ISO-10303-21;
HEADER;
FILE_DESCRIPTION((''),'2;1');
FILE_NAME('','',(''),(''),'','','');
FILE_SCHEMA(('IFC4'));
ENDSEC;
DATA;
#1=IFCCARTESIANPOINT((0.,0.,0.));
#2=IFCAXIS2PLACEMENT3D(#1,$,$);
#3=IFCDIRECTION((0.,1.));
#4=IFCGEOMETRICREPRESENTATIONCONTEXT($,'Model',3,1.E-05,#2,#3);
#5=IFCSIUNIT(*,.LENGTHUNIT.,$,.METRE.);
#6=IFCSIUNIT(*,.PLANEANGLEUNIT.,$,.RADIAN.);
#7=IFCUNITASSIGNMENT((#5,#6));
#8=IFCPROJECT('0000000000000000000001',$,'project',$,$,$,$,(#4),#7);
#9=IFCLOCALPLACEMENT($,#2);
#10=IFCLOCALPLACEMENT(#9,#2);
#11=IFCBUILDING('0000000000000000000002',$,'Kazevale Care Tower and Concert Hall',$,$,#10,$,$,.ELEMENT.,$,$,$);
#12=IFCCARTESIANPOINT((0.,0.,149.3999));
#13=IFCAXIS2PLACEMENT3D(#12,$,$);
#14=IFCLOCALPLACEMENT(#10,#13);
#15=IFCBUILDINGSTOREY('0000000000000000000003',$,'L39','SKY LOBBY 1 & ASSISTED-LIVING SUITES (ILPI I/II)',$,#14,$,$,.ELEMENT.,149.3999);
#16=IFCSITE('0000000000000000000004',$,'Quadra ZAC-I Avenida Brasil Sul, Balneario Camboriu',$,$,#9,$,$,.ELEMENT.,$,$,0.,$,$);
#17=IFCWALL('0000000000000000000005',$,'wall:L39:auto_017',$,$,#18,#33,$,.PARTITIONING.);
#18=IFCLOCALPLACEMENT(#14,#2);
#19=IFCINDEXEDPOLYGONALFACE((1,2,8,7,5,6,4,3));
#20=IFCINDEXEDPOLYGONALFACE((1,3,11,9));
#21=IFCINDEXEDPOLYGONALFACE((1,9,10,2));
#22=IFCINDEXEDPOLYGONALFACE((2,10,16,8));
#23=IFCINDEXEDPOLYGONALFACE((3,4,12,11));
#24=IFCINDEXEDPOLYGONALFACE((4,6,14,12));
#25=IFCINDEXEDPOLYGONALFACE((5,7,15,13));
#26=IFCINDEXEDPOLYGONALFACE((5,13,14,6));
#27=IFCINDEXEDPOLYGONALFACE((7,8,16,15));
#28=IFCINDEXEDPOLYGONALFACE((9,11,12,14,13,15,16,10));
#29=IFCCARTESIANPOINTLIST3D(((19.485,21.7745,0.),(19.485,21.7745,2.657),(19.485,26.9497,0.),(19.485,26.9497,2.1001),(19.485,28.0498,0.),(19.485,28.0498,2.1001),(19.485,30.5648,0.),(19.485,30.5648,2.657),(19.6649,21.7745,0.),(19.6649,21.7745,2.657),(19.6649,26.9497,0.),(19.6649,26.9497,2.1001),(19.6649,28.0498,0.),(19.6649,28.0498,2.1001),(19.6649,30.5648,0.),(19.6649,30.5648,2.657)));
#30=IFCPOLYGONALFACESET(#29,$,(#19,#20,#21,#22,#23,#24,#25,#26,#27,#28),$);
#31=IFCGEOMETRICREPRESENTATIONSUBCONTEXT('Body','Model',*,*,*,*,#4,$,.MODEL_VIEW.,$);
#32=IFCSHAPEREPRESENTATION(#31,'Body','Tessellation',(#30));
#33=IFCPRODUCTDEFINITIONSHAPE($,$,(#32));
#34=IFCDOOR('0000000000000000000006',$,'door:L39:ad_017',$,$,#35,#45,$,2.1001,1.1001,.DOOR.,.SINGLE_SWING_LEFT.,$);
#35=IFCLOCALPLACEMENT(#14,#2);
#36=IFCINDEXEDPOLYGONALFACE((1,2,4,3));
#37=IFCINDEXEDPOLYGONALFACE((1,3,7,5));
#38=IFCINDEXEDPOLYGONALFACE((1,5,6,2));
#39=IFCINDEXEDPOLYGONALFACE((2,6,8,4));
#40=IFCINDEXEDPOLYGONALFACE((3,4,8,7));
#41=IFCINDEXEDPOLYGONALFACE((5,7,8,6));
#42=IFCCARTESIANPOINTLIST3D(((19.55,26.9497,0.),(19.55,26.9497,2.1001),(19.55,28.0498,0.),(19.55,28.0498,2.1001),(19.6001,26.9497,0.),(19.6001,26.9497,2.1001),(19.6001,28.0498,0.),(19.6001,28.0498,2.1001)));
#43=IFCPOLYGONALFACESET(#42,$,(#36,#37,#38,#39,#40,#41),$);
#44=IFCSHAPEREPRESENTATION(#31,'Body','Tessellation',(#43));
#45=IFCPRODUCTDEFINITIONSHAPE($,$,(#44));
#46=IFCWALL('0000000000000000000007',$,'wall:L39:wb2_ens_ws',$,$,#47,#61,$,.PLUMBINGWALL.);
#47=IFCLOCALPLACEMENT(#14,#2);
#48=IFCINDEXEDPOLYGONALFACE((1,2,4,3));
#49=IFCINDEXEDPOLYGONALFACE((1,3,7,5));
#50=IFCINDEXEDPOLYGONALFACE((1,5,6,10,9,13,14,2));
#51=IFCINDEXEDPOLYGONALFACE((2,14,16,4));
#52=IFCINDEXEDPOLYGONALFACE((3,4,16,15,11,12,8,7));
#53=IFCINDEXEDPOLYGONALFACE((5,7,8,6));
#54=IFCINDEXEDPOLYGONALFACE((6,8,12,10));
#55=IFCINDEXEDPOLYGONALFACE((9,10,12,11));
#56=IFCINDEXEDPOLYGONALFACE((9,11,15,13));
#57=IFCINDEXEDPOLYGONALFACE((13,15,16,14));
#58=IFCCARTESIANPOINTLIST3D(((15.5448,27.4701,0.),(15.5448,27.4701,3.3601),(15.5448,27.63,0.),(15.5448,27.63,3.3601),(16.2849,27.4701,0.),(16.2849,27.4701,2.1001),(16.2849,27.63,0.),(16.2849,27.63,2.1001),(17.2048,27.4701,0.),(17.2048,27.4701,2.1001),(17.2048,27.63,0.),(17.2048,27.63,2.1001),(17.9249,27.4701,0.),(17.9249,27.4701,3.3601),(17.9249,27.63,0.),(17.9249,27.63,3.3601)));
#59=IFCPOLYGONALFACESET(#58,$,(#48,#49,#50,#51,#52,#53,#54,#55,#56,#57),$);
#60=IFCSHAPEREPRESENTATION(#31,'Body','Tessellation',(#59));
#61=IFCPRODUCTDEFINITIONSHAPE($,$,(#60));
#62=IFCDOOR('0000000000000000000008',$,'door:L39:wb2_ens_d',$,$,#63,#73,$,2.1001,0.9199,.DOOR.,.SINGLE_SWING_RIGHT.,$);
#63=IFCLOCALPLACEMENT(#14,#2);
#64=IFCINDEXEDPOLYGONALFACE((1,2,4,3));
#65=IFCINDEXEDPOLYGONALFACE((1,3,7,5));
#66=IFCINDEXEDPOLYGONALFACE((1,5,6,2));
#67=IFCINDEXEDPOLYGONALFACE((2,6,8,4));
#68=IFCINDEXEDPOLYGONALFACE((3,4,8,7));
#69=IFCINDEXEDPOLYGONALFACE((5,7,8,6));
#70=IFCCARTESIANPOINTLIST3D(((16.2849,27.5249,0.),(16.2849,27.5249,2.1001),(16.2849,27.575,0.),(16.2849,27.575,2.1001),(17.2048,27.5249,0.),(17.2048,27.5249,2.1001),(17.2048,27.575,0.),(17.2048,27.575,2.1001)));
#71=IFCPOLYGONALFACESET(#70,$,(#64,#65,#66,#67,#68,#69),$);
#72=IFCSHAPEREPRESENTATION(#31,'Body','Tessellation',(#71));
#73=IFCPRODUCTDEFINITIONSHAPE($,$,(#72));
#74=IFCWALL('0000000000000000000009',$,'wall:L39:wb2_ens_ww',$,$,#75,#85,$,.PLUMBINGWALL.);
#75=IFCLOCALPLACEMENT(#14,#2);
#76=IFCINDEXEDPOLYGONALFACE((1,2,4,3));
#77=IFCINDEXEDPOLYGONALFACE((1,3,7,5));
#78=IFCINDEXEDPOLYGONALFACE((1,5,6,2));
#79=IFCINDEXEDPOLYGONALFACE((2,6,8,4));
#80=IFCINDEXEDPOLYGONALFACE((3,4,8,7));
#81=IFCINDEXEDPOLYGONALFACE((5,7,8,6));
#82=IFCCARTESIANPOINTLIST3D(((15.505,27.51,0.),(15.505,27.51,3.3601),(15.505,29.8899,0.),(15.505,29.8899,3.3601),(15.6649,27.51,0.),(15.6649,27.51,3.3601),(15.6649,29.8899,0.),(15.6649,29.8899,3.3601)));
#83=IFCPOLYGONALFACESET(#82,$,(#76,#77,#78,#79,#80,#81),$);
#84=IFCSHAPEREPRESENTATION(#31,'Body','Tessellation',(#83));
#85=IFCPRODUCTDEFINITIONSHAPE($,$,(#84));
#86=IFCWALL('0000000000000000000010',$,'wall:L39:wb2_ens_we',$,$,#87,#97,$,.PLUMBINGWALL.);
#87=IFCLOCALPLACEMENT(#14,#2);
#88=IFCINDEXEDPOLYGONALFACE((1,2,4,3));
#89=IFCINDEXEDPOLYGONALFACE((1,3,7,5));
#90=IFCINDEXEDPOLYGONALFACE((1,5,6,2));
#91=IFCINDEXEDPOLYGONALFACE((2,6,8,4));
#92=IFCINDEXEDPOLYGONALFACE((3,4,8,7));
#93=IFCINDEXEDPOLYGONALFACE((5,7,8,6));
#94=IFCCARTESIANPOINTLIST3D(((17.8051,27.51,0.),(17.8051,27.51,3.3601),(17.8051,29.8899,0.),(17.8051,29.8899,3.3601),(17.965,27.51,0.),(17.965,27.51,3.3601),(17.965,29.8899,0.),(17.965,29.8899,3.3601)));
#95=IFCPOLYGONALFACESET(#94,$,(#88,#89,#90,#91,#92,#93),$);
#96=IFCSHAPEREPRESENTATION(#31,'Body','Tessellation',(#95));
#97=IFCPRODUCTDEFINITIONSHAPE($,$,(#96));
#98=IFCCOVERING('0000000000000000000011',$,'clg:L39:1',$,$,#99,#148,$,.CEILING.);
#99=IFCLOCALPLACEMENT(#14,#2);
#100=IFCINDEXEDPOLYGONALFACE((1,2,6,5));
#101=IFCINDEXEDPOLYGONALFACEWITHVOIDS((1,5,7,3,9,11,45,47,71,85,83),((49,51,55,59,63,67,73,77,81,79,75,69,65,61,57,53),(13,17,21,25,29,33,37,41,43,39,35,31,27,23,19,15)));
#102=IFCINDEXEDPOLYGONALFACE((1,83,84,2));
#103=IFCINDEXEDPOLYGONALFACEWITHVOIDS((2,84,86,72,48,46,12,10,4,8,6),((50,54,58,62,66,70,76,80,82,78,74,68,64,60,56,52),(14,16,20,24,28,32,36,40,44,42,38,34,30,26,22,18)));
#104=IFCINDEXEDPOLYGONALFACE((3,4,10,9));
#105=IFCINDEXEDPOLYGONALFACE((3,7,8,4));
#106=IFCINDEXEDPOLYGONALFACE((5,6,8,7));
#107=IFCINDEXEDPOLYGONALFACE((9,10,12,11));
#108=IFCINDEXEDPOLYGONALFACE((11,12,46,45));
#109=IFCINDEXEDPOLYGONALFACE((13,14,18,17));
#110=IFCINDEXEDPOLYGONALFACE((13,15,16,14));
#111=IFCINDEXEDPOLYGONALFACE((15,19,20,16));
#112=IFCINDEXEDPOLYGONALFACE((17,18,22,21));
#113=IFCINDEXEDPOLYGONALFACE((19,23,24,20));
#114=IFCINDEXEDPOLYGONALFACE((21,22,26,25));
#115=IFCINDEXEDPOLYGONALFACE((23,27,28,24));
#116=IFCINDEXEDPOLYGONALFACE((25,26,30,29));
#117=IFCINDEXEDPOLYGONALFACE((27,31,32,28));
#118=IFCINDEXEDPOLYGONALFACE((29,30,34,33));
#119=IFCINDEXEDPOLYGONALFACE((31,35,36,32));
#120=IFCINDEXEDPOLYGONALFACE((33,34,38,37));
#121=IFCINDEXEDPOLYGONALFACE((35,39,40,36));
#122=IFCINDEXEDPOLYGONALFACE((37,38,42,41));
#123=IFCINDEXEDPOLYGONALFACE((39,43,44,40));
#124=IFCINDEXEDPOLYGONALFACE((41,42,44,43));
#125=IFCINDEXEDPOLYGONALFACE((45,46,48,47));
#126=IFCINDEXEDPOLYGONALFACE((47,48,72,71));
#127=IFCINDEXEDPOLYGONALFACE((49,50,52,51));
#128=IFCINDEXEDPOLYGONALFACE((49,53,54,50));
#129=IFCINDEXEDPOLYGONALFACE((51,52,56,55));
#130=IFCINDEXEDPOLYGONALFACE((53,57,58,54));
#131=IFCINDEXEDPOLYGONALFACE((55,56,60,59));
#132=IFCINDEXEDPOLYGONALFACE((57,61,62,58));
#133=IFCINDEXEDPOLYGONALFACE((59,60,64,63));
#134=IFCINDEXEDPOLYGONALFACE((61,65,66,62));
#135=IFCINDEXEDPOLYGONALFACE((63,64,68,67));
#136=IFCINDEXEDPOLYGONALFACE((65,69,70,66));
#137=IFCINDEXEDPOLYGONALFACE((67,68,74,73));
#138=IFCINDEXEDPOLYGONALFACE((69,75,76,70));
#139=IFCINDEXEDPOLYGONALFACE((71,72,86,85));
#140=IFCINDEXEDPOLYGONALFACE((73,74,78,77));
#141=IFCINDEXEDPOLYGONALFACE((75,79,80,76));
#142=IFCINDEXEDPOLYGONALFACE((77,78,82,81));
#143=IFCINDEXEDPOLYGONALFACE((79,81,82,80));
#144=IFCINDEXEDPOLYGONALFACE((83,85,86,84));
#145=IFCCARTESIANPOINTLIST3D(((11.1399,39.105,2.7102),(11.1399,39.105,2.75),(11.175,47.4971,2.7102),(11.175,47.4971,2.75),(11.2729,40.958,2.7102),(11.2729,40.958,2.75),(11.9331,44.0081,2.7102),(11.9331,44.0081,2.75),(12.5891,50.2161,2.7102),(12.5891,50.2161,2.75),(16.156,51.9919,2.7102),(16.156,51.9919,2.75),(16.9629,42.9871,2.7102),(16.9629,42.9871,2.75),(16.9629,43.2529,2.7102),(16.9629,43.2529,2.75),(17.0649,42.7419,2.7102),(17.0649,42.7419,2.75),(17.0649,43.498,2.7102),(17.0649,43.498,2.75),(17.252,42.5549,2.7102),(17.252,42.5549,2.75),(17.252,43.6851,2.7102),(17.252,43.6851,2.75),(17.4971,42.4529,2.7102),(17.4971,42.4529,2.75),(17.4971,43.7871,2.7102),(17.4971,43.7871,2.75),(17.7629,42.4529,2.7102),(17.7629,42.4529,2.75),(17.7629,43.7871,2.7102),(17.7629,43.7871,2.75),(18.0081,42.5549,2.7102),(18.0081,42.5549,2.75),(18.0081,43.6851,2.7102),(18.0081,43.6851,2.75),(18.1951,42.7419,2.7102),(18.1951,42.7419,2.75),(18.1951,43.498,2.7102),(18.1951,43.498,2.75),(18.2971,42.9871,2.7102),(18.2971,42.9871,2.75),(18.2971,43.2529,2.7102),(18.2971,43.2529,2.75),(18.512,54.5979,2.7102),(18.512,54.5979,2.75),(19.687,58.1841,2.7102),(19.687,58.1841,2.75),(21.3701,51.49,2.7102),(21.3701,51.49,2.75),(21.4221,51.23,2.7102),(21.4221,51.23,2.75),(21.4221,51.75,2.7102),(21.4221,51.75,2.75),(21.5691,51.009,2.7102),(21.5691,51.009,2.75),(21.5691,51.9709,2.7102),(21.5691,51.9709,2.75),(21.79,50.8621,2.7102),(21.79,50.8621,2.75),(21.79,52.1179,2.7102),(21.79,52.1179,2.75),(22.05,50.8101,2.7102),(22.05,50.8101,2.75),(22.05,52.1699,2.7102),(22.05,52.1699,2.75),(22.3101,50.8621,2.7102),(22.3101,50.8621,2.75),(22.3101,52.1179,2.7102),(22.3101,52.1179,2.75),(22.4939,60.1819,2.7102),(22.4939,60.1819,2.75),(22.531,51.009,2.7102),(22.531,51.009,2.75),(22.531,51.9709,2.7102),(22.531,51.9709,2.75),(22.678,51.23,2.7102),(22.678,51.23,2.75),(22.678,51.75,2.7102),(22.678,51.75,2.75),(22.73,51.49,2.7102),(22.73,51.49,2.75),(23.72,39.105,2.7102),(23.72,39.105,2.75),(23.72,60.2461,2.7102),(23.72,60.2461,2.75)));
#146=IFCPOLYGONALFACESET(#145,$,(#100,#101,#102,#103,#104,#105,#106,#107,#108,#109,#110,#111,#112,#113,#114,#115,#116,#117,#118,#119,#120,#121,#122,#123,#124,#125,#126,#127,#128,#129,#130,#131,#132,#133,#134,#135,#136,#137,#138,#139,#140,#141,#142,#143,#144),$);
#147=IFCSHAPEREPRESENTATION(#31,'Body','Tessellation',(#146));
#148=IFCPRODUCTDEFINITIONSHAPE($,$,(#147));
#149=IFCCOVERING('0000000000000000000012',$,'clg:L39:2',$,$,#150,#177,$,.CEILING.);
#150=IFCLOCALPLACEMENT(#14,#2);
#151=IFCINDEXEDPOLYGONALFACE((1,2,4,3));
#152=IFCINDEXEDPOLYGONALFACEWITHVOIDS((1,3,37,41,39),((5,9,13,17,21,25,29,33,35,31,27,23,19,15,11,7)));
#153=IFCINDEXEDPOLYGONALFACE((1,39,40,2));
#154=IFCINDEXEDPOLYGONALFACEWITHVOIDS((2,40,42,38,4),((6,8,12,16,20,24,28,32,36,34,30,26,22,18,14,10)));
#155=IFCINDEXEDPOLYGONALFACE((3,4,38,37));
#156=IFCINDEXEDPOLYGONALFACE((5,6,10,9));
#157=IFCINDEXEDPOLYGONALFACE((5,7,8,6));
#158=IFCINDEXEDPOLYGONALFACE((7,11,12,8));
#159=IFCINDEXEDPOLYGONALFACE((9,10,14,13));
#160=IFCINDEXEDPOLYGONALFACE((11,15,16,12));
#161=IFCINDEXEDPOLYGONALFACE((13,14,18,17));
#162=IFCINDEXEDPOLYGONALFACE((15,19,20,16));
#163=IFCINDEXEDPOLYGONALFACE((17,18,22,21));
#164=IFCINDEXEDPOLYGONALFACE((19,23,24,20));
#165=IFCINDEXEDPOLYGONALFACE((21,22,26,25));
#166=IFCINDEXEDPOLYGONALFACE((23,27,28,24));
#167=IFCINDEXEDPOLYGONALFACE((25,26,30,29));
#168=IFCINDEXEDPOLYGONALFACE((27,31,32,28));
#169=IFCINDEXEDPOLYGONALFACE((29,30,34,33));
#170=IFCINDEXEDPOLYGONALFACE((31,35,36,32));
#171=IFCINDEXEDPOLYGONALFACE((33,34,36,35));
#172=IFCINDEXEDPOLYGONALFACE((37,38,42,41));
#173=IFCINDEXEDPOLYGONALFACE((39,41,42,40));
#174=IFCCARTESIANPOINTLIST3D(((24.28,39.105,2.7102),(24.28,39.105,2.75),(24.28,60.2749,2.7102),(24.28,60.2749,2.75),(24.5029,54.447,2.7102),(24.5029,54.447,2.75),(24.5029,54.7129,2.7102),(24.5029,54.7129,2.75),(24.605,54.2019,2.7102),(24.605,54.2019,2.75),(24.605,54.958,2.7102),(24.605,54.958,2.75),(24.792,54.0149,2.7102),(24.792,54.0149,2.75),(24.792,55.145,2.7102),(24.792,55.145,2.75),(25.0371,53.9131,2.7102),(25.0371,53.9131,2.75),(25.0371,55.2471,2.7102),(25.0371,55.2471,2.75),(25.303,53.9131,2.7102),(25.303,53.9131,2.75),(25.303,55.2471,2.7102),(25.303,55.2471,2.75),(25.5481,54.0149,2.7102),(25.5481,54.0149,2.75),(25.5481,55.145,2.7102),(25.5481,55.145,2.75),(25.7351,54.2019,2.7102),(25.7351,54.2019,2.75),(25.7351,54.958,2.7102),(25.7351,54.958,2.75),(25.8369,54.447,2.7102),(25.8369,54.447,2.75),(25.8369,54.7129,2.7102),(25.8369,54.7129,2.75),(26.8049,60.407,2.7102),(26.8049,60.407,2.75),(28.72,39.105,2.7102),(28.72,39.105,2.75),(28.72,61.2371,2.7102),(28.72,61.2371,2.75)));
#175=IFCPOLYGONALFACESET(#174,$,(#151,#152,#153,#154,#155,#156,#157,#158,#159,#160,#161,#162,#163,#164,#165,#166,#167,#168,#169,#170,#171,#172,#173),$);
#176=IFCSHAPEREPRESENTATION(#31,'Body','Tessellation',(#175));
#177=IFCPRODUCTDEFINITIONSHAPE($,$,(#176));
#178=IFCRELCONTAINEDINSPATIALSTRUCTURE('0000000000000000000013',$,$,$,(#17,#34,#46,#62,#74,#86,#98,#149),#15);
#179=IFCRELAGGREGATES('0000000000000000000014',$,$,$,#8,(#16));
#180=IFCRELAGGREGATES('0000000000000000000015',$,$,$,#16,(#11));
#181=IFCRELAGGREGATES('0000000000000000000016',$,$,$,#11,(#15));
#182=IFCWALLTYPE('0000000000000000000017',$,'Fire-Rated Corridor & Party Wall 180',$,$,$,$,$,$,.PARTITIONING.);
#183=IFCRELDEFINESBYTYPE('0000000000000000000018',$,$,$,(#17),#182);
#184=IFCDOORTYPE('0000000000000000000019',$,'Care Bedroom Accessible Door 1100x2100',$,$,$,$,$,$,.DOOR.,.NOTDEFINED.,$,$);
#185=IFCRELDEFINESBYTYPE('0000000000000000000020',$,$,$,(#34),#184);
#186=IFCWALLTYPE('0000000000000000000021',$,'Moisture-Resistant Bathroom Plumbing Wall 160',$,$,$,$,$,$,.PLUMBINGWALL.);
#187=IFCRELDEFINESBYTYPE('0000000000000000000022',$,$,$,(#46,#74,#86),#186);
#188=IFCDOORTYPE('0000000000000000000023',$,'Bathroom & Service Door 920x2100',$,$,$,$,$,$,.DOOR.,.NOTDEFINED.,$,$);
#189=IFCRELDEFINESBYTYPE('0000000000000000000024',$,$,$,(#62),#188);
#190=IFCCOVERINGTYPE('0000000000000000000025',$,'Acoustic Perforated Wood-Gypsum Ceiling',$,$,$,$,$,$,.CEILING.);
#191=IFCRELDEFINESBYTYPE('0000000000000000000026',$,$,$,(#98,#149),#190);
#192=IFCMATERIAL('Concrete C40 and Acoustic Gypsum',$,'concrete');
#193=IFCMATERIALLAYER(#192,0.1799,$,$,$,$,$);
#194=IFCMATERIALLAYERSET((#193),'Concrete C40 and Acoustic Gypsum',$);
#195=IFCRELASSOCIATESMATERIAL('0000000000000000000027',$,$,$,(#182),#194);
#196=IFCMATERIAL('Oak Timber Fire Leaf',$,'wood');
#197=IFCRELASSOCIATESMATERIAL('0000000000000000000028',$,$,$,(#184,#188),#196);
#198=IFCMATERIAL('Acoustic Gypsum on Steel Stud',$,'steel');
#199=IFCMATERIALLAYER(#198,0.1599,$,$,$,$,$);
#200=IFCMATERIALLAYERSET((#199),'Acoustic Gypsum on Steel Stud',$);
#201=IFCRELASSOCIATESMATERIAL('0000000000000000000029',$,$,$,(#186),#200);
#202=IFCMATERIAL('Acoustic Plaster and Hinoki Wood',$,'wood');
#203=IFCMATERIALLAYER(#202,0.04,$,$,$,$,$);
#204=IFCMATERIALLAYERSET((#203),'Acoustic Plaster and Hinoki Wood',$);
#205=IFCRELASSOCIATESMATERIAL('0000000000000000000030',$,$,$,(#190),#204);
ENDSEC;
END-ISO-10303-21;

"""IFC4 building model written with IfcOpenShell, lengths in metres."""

from ifc_helpers import new_model, si_unit, direction, frame, frame_2d, origin, place, context, subcontext, project, spatial, polyline, rectangle, outline, extrude, material, layer, layer_set, type_object, element, fill, save


model = new_model("IFC4")

# Units and contexts
model_context = context("Model", 3, precision=1e-05, world=origin(), true_north=direction((0.0, 1.0)))
body_context = subcontext(model_context, "Body", "Model", "MODEL_VIEW")
ifc_project = project(units=[si_unit("LENGTHUNIT", "METRE"), si_unit("PLANEANGLEUNIT", "RADIAN")], contexts=[model_context])

# Site, building, storey
site_placement = place(None, origin())
site = spatial("IfcSite", under=ifc_project, at=site_placement, Name="Quadra ZAC-I Avenida Brasil Sul, Balneario Camboriu", CompositionType="ELEMENT", RefElevation=0.0)
building_placement = place(site_placement, origin())
building = spatial("IfcBuilding", under=site, at=building_placement, Name="Kazevale Care Tower and Concert Hall", CompositionType="ELEMENT")
storey_placement = place(building_placement, frame((0.0, 0.0, 149.3999)))
storey = spatial("IfcBuildingStorey", under=building, at=storey_placement, Name="L39", Description="SKY LOBBY 1 & ASSISTED-LIVING SUITES (ILPI I/II)", CompositionType="ELEMENT", Elevation=149.3999)

# Walls, openings, doors
ifc_material_1 = material(Name="Concrete C40 and Acoustic Gypsum", Category="concrete")
ifc_layer_1 = layer(ifc_material_1, 0.1799)
ifc_layer_set_1 = layer_set([ifc_layer_1], Name="Concrete C40 and Acoustic Gypsum")
wall_type_1 = type_object("IfcWallType", Name="Fire-Rated Corridor & Party Wall 180", PredefinedType="PARTITIONING", material=ifc_layer_set_1)
wall_1_placement = place(storey_placement, frame((19.575, 21.7747, 0.0), z_axis=(0.0, 0.0, 1.0), x_axis=(0.0, 1.0, 0.0)))
wall_1 = element("IfcWall", 1, at=wall_1_placement, inside=storey, type_object=wall_type_1, Name="wall:L39:auto_017", PredefinedType="PARTITIONING", context=body_context, shape_type="SweptSolid", body=[
    extrude(rectangle(XDim=8.7903, YDim=0.1799, at=frame_2d((4.395, 0.0))), origin(), (0.0, 0.0, 1.0), 2.657),
])
opening_1_placement = place(wall_1_placement, frame((5.175, 0.0, 0.0)))
opening_1 = element("IfcOpeningElement", 2, at=opening_1_placement, cuts=wall_1, PredefinedType="OPENING", context=body_context, shape_type="SweptSolid", body=[
    extrude(rectangle(XDim=1.1001, YDim=2.1001, at=frame_2d((0.55, 1.05))), frame((0.0, 0.0999, 0.0), z_axis=(0.0, -1.0, 0.0), x_axis=(1.0, 0.0, 0.0)), (0.0, 0.0, 1.0), 0.2),
])
ifc_material_2 = material(Name="Oak Timber Fire Leaf", Category="wood")
door_type_1 = type_object("IfcDoorType", Name="Care Bedroom Accessible Door 1100x2100", OperationType="NOTDEFINED", PredefinedType="DOOR", material=ifc_material_2)
door_1_placement = place(opening_1_placement, origin())
door_1 = element("IfcDoor", 3, at=door_1_placement, inside=storey, type_object=door_type_1, Name="door:L39:ad_017", OperationType="SINGLE_SWING_LEFT", OverallHeight=2.1001, OverallWidth=1.1001, PredefinedType="DOOR", context=body_context, shape_type="SweptSolid", body=[
    extrude(rectangle(XDim=1.1001, YDim=2.1001, at=frame_2d((0.55, 1.05))), frame((0.0, 0.0249, 0.0), z_axis=(0.0, -1.0, 0.0), x_axis=(1.0, 0.0, 0.0)), (0.0, 0.0, 1.0), 0.05),
])
fill(opening_1, door_1)
ifc_material_3 = material(Name="Acoustic Gypsum on Steel Stud", Category="steel")
ifc_layer_2 = layer(ifc_material_3, 0.1599)
ifc_layer_set_2 = layer_set([ifc_layer_2], Name="Acoustic Gypsum on Steel Stud")
wall_type_2 = type_object("IfcWallType", Name="Moisture-Resistant Bathroom Plumbing Wall 160", PredefinedType="PLUMBINGWALL", material=ifc_layer_set_2)
wall_2_placement = place(storey_placement, frame((15.5449, 27.55, 0.0), z_axis=(0.0, 0.0, 1.0), x_axis=(1.0, 0.0, 0.0)))
wall_2 = element("IfcWall", 4, at=wall_2_placement, inside=storey, type_object=wall_type_2, Name="wall:L39:wb2_ens_ws", PredefinedType="PLUMBINGWALL", context=body_context, shape_type="SweptSolid", body=[
    extrude(rectangle(XDim=2.3801, YDim=0.1599, at=frame_2d((1.1899, 0.0))), origin(), (0.0, 0.0, 1.0), 3.3601),
])
opening_2_placement = place(wall_2_placement, frame((0.74, 0.0, 0.0)))
opening_2 = element("IfcOpeningElement", 5, at=opening_2_placement, cuts=wall_2, PredefinedType="OPENING", context=body_context, shape_type="SweptSolid", body=[
    extrude(rectangle(XDim=0.9199, YDim=2.1001, at=frame_2d((0.46, 1.05))), frame((0.0, 0.0898, 0.0), z_axis=(0.0, -1.0, 0.0), x_axis=(1.0, 0.0, 0.0)), (0.0, 0.0, 1.0), 0.1799),
])
door_type_2 = type_object("IfcDoorType", Name="Bathroom & Service Door 920x2100", OperationType="NOTDEFINED", PredefinedType="DOOR", material=ifc_material_2)
door_2_placement = place(opening_2_placement, origin())
door_2 = element("IfcDoor", 6, at=door_2_placement, inside=storey, type_object=door_type_2, Name="door:L39:wb2_ens_d", OperationType="SINGLE_SWING_RIGHT", OverallHeight=2.1001, OverallWidth=0.9199, PredefinedType="DOOR", context=body_context, shape_type="SweptSolid", body=[
    extrude(rectangle(XDim=0.9199, YDim=2.1001, at=frame_2d((0.46, 1.05))), frame((0.0, 0.0249, 0.0), z_axis=(0.0, -1.0, 0.0), x_axis=(1.0, 0.0, 0.0)), (0.0, 0.0, 1.0), 0.05),
])
fill(opening_2, door_2)

# Walls
for number, where, z_axis, x_axis, name in (
    (7, (15.585, 27.51, 0.0), (0.0, 0.0, 1.0), (0.0, 1.0, 0.0), "wall:L39:wb2_ens_ww"),
    (8, (17.885, 27.51, 0.0), (0.0, 0.0, 1.0), (0.0, 1.0, 0.0), "wall:L39:wb2_ens_we"),
):
    element("IfcWall", number, at=place(storey_placement, frame(where, z_axis=z_axis, x_axis=x_axis)), inside=storey, type_object=wall_type_2, Name=name, PredefinedType="PLUMBINGWALL", context=body_context, shape_type="SweptSolid", body=[
        extrude(rectangle(XDim=2.3799, YDim=0.1599, at=frame_2d((1.1899, 0.0))), origin(), (0.0, 0.0, 1.0), 3.3601),
    ])

# Coverings
ifc_material_4 = material(Name="Acoustic Plaster and Hinoki Wood", Category="wood")
ifc_layer_3 = layer(ifc_material_4, 0.04)
ifc_layer_set_3 = layer_set([ifc_layer_3], Name="Acoustic Plaster and Hinoki Wood")
covering_type = type_object("IfcCoveringType", Name="Acoustic Perforated Wood-Gypsum Ceiling", PredefinedType="CEILING", material=ifc_layer_set_3)
covering_1_placement = place(storey_placement, frame((0.0, 0.0, 2.7102)))
element("IfcCovering", 9, at=covering_1_placement, inside=storey, type_object=covering_type, Name="clg:L39:1", PredefinedType="CEILING", context=body_context, shape_type="SweptSolid", body=[
    extrude(outline(polyline([(11.9331, 44.0081), (11.175, 47.4971), (12.5891, 50.2161), (16.156, 51.9919), (18.512, 54.5979), (19.687, 58.1841), (22.4939, 60.1819), (23.72, 60.2461), (23.72, 39.105), (11.1399, 39.105), (11.2729, 40.958), (11.9331, 44.0081)]), holes=[polyline([(22.678, 51.75), (22.531, 51.9709), (22.3101, 52.1179), (22.05, 52.1699), (21.79, 52.1179), (21.5691, 51.9709), (21.4221, 51.75), (21.3701, 51.49), (21.4221, 51.23), (21.5691, 51.009), (21.79, 50.8621), (22.05, 50.8101), (22.3101, 50.8621), (22.531, 51.009), (22.678, 51.23), (22.73, 51.49), (22.678, 51.75)]), polyline([(18.2971, 43.2529), (18.1951, 43.498), (18.0081, 43.6851), (17.7629, 43.7871), (17.4971, 43.7871), (17.252, 43.6851), (17.0649, 43.498), (16.9629, 43.2529), (16.9629, 42.9871), (17.0649, 42.7419), (17.252, 42.5549), (17.4971, 42.4529), (17.7629, 42.4529), (18.0081, 42.5549), (18.1951, 42.7419), (18.2971, 42.9871), (18.2971, 43.2529)])]), origin(), (0.0, 0.0, 1.0), 0.0398),
])
covering_2_placement = place(storey_placement, frame((0.0, 0.0, 2.7102)))
element("IfcCovering", 10, at=covering_2_placement, inside=storey, type_object=covering_type, Name="clg:L39:2", PredefinedType="CEILING", context=body_context, shape_type="SweptSolid", body=[
    extrude(outline(polyline([(28.72, 39.105), (24.28, 39.105), (24.28, 60.2749), (26.8049, 60.407), (28.72, 61.2371), (28.72, 39.105)]), holes=[polyline([(25.8369, 54.7129), (25.7351, 54.958), (25.5481, 55.145), (25.303, 55.2471), (25.0371, 55.2471), (24.792, 55.145), (24.605, 54.958), (24.5029, 54.7129), (24.5029, 54.447), (24.605, 54.2019), (24.792, 54.0149), (25.0371, 53.9131), (25.303, 53.9131), (25.5481, 54.0149), (25.7351, 54.2019), (25.8369, 54.447), (25.8369, 54.7129)])]), origin(), (0.0, 0.0, 1.0), 0.0398),
])

save(model, "model.ifc")
